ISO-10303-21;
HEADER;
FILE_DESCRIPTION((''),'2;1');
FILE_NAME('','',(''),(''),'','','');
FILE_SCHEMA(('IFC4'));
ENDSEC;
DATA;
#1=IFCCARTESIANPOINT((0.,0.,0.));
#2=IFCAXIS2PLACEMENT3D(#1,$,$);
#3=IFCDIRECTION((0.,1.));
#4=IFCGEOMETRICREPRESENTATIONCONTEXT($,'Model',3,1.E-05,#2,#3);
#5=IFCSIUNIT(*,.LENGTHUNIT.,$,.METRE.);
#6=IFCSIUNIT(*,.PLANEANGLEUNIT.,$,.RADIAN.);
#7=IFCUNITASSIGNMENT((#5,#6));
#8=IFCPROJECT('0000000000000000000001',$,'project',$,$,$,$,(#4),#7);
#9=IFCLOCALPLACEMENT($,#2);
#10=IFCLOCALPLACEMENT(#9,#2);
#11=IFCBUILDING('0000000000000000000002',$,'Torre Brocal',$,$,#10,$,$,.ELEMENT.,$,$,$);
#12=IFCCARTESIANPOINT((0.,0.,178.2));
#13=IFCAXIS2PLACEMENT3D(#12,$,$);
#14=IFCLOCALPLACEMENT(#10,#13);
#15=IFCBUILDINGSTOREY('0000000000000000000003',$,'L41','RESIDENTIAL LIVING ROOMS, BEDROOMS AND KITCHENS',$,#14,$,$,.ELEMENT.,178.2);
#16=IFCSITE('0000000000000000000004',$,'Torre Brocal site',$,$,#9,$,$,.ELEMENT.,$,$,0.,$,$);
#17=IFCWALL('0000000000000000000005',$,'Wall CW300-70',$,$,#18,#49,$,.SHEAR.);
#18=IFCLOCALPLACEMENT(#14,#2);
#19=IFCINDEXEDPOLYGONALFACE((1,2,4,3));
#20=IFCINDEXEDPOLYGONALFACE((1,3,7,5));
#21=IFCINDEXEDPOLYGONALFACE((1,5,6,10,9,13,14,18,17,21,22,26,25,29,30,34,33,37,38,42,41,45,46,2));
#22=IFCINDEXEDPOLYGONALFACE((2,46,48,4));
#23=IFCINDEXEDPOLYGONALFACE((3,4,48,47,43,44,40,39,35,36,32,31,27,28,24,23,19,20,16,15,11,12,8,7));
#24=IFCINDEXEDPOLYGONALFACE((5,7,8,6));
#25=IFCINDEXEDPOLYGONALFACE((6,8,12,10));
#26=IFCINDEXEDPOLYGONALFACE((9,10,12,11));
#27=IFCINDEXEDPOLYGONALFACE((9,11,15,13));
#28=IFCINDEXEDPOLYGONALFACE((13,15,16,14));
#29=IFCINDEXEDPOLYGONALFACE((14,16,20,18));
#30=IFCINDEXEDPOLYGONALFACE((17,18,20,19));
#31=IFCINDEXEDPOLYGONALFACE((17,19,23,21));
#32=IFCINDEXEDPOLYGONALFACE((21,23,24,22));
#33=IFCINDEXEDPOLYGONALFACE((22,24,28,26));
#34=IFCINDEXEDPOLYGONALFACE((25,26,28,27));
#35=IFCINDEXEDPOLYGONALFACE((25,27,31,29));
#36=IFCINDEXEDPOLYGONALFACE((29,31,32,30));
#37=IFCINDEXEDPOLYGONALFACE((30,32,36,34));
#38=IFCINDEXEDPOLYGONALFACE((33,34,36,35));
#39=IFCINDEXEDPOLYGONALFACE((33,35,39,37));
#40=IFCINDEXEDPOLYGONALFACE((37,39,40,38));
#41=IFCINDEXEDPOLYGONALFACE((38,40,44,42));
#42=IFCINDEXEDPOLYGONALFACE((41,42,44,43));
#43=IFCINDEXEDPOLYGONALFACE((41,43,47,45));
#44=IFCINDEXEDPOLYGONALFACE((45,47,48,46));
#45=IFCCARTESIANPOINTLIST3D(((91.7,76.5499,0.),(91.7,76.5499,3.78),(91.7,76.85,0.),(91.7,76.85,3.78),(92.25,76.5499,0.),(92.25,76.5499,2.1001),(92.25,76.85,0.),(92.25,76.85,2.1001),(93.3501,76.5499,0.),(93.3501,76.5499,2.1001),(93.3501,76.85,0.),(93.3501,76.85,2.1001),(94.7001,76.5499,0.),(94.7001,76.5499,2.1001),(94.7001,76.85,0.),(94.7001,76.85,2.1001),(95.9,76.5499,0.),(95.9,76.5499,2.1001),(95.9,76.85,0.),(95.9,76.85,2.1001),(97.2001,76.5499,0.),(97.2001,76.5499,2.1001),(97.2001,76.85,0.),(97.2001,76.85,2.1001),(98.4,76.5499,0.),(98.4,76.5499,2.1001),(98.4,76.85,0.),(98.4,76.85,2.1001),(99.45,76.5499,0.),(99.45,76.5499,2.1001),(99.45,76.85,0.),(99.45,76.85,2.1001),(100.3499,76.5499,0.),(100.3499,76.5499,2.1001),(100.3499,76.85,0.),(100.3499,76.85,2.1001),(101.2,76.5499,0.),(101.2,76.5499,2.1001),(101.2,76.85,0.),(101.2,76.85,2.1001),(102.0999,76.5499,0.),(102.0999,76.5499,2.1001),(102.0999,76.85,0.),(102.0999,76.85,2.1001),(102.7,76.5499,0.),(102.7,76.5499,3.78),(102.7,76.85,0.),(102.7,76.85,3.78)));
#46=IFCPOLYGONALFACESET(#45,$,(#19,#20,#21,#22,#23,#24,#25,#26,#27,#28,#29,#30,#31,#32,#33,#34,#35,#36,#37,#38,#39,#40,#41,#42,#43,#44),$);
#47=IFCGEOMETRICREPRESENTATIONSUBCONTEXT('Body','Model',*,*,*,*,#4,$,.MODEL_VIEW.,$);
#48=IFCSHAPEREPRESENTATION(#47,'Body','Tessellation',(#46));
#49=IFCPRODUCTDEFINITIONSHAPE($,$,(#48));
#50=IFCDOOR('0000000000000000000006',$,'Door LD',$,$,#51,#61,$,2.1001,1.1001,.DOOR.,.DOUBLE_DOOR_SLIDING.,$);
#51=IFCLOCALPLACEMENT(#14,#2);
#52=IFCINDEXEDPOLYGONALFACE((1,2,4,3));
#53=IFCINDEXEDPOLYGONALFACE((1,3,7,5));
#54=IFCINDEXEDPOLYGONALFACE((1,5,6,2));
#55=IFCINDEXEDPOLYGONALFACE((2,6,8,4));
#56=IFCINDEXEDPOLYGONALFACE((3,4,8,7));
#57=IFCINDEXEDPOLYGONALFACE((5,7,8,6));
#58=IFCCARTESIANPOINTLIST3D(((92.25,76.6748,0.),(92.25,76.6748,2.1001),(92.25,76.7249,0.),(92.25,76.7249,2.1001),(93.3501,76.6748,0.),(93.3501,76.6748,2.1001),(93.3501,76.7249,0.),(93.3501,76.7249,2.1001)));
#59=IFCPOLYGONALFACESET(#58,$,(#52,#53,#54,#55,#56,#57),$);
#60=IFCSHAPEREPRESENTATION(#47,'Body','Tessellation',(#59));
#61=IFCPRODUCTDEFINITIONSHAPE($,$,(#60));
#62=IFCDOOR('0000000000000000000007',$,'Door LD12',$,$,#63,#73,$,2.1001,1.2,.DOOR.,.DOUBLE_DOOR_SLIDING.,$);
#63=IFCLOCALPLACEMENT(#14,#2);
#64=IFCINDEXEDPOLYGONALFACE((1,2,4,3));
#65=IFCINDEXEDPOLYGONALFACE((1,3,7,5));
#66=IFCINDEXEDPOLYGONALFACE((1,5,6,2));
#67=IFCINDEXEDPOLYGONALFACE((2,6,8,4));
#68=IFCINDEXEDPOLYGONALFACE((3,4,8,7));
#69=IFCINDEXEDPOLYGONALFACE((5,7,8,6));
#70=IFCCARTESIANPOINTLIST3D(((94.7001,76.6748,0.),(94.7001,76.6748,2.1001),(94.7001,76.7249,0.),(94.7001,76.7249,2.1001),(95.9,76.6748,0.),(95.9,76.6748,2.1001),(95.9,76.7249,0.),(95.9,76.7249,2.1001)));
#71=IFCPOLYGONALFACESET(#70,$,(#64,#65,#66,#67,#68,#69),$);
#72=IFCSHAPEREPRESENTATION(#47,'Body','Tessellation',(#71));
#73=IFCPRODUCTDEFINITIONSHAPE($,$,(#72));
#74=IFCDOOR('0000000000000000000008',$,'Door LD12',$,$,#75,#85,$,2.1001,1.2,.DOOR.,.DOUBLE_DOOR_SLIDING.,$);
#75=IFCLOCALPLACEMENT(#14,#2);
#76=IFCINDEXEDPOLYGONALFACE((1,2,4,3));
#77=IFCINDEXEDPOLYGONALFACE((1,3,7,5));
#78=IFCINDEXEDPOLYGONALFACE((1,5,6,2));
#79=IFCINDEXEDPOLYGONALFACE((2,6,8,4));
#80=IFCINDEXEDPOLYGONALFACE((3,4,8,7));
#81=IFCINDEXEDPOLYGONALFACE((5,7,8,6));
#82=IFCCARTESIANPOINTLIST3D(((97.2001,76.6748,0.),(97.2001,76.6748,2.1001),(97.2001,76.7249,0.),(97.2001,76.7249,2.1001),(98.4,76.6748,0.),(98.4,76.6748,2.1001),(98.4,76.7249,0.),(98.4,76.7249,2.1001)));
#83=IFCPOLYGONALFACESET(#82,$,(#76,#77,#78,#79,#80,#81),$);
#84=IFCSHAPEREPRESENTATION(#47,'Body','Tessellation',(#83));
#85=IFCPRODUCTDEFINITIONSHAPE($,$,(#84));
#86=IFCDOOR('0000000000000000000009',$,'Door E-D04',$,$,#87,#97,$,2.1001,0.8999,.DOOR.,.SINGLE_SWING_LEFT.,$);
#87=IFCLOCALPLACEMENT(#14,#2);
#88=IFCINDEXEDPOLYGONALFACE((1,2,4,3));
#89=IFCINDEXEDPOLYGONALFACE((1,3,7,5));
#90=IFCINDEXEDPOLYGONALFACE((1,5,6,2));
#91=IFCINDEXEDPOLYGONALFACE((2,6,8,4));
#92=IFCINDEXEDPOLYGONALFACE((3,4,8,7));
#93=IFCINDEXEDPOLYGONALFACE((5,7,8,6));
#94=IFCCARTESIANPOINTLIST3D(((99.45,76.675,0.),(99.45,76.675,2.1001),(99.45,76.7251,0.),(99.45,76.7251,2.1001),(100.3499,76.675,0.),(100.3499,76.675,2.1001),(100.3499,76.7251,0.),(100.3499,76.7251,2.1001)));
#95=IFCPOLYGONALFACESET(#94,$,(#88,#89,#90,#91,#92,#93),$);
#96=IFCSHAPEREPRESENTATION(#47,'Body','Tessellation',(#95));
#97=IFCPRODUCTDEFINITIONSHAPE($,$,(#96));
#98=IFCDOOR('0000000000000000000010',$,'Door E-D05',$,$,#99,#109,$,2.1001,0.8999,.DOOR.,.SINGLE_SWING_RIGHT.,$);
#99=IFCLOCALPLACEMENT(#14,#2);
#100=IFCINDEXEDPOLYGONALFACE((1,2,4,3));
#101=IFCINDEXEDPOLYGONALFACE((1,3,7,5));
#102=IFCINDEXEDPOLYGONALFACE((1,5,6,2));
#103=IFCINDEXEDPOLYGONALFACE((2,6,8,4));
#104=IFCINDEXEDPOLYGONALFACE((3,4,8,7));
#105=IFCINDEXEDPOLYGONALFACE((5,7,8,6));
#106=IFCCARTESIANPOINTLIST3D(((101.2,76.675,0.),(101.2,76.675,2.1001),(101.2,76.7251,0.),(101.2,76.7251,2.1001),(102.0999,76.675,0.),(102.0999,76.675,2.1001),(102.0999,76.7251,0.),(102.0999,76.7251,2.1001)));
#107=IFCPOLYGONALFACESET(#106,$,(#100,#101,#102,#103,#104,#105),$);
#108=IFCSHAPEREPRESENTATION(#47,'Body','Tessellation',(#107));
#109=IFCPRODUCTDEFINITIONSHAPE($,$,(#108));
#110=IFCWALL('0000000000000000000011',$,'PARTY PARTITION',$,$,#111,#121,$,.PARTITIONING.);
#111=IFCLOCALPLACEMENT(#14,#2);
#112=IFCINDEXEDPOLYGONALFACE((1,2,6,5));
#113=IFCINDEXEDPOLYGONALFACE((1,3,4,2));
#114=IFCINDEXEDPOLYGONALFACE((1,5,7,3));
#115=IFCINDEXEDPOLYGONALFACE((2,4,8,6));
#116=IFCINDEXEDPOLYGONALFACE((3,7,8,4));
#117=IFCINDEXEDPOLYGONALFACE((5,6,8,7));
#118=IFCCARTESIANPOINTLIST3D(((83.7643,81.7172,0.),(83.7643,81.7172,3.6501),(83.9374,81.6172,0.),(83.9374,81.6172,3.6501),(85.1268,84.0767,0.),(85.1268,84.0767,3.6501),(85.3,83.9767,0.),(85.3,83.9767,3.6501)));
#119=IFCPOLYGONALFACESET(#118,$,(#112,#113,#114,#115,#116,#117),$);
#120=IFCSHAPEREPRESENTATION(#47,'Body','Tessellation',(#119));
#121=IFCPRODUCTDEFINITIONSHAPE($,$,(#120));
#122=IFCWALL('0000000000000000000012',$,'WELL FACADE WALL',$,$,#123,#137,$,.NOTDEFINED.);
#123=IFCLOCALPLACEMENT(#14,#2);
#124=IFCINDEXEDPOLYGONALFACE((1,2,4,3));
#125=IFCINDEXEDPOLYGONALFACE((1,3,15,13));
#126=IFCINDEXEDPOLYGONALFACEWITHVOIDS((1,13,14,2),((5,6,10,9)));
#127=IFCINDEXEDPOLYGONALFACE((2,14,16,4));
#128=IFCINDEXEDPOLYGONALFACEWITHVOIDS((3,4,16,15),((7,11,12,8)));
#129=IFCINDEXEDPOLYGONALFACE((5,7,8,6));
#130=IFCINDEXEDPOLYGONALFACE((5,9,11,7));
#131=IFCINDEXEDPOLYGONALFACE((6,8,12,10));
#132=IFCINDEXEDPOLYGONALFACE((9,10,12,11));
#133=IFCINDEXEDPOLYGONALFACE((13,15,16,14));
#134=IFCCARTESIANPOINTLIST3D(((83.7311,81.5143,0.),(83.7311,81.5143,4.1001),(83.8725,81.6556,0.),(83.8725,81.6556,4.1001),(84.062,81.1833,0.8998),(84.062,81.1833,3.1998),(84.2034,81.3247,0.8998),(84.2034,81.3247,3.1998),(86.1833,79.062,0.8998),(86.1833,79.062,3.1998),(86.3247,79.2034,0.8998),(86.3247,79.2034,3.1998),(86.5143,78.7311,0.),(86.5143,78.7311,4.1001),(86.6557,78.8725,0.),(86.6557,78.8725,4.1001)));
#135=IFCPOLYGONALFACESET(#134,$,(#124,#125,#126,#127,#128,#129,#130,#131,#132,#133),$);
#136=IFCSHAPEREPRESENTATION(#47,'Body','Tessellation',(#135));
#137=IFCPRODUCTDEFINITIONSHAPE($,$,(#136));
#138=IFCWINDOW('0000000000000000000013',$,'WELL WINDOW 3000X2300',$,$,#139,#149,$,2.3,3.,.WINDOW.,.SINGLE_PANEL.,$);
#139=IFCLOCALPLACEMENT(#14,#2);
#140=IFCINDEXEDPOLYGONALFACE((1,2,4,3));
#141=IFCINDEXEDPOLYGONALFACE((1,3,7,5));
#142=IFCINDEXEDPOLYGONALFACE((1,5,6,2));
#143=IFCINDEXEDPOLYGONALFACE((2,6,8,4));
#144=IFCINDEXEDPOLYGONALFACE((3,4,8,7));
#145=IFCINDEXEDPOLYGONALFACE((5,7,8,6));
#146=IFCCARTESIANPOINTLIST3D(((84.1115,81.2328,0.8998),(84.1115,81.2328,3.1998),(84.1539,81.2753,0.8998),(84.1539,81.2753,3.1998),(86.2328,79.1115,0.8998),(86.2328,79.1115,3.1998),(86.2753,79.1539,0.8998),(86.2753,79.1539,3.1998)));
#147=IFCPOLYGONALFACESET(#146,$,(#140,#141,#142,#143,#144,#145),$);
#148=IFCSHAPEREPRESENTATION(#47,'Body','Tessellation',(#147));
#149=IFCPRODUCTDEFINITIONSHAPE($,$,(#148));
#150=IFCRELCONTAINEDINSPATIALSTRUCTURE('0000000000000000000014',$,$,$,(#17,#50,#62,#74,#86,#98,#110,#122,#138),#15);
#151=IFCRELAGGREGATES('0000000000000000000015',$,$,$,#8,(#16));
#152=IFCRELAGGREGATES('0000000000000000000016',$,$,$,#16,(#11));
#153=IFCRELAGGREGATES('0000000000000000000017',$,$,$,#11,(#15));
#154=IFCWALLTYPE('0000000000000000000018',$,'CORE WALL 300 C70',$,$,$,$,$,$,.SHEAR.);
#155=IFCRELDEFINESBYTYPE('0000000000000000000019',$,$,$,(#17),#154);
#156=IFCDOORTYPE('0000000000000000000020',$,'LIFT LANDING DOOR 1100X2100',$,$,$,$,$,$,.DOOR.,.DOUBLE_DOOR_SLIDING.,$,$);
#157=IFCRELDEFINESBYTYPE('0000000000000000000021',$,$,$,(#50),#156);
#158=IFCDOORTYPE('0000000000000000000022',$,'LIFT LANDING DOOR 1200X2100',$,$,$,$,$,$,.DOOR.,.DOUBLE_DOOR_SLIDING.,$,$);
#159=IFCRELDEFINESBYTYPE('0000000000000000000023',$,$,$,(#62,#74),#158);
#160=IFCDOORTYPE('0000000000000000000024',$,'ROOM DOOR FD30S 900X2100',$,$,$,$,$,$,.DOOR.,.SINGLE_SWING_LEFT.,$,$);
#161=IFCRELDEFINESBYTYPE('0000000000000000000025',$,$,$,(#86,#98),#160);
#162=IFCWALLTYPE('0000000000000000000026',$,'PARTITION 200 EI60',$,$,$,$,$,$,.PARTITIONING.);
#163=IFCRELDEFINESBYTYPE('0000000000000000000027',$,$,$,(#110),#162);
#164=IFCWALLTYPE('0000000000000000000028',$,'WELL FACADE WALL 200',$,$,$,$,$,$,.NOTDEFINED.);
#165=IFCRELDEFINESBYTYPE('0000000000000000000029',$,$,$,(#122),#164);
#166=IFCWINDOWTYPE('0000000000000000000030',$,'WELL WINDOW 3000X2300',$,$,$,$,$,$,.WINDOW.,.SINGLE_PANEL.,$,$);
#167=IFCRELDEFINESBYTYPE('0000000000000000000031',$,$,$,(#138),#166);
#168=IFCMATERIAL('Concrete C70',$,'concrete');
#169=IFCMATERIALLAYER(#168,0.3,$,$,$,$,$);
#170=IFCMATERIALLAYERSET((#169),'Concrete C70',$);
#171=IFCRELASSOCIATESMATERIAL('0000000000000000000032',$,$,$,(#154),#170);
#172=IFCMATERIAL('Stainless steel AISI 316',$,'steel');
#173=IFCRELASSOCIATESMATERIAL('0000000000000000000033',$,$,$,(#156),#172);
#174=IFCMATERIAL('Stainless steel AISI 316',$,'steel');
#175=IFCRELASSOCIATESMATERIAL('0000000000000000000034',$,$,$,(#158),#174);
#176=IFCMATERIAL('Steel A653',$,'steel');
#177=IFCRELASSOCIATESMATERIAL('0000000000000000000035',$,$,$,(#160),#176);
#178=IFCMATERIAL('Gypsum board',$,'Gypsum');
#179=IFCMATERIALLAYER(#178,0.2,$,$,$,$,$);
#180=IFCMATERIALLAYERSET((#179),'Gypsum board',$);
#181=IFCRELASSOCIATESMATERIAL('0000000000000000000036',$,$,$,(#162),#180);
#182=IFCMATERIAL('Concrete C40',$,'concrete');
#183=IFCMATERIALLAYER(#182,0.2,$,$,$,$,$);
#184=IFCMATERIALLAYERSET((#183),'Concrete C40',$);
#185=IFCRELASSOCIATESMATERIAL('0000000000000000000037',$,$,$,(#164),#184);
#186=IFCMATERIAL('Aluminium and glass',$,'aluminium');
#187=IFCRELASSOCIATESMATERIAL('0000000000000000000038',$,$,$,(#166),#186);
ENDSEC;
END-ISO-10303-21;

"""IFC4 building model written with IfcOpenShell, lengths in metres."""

from ifc_helpers import new_model, si_unit, direction, frame, frame_2d, origin, place, context, subcontext, project, spatial, rectangle, extrude, material, layer, layer_set, type_object, element, fill, save


model = new_model("IFC4")

# Units and contexts
model_context = context("Model", 3, precision=1e-05, world=origin(), true_north=direction((0.0, 1.0)))
body_context = subcontext(model_context, "Body", "Model", "MODEL_VIEW")
ifc_project = project(units=[si_unit("LENGTHUNIT", "METRE"), si_unit("PLANEANGLEUNIT", "RADIAN")], contexts=[model_context])

# Site, building, storey
site_placement = place(None, origin())
site = spatial("IfcSite", under=ifc_project, at=site_placement, Name="Torre Brocal site", CompositionType="ELEMENT", RefElevation=0.0)
building_placement = place(site_placement, origin())
building = spatial("IfcBuilding", under=site, at=building_placement, Name="Torre Brocal", CompositionType="ELEMENT")
storey_placement = place(building_placement, frame((0.0, 0.0, 178.2)))
storey = spatial("IfcBuildingStorey", under=building, at=storey_placement, Name="L41", Description="RESIDENTIAL LIVING ROOMS, BEDROOMS AND KITCHENS", CompositionType="ELEMENT", Elevation=178.2)

# Shared definitions
ifc_material_1 = material(Name="Concrete C70", Category="concrete")
ifc_layer_1 = layer(ifc_material_1, 0.3)
ifc_layer_set_1 = layer_set([ifc_layer_1], Name="Concrete C70")
wall_type_1 = type_object("IfcWallType", Name="CORE WALL 300 C70", PredefinedType="SHEAR", material=ifc_layer_set_1)

# Wall, openings, doors
wall_1_placement = place(storey_placement, frame((91.7, 76.7, 0.0), z_axis=(0.0, 0.0, 1.0), x_axis=(1.0, 0.0, 0.0)))
wall_1 = element("IfcWall", 1, at=wall_1_placement, inside=storey, type_object=wall_type_1, Name="Wall CW300-70", PredefinedType="SHEAR", context=body_context, shape_type="SweptSolid", body=[
    extrude(rectangle(XDim=11.0, YDim=0.3, at=frame_2d((5.5, 0.0))), origin(), (0.0, 0.0, 1.0), 3.78),
])
opening_1_placement = place(wall_1_placement, frame((0.55, 0.0, 0.0)))
opening_1 = element("IfcOpeningElement", 2, at=opening_1_placement, cuts=wall_1, PredefinedType="OPENING", context=body_context, shape_type="SweptSolid", body=[
    extrude(rectangle(XDim=1.1001, YDim=2.1001, at=frame_2d((0.55, 1.05))), frame((0.0, 0.1599, 0.0), z_axis=(0.0, -1.0, 0.0), x_axis=(1.0, 0.0, 0.0)), (0.0, 0.0, 1.0), 0.3201),
])
opening_2_placement = place(wall_1_placement, frame((3.0, 0.0, 0.0)))
opening_2 = element("IfcOpeningElement", 3, at=opening_2_placement, cuts=wall_1, PredefinedType="OPENING", context=body_context, shape_type="SweptSolid", body=[
    extrude(rectangle(XDim=1.2, YDim=2.1001, at=frame_2d((0.6001, 1.05))), frame((0.0, 0.1599, 0.0), z_axis=(0.0, -1.0, 0.0), x_axis=(1.0, 0.0, 0.0)), (0.0, 0.0, 1.0), 0.3201),
])
opening_3_placement = place(wall_1_placement, frame((5.5, 0.0, 0.0)))
opening_3 = element("IfcOpeningElement", 4, at=opening_3_placement, cuts=wall_1, PredefinedType="OPENING", context=body_context, shape_type="SweptSolid", body=[
    extrude(rectangle(XDim=1.2, YDim=2.1001, at=frame_2d((0.6001, 1.05))), frame((0.0, 0.1599, 0.0), z_axis=(0.0, -1.0, 0.0), x_axis=(1.0, 0.0, 0.0)), (0.0, 0.0, 1.0), 0.3201),
])
opening_4_placement = place(wall_1_placement, frame((7.75, 0.0, 0.0)))
opening_4 = element("IfcOpeningElement", 5, at=opening_4_placement, cuts=wall_1, PredefinedType="OPENING", context=body_context, shape_type="SweptSolid", body=[
    extrude(rectangle(XDim=0.8999, YDim=2.1001, at=frame_2d((0.45, 1.05))), frame((0.0, 0.1599, 0.0), z_axis=(0.0, -1.0, 0.0), x_axis=(1.0, 0.0, 0.0)), (0.0, 0.0, 1.0), 0.3201),
])
opening_5_placement = place(wall_1_placement, frame((9.5, 0.0, 0.0)))
opening_5 = element("IfcOpeningElement", 6, at=opening_5_placement, cuts=wall_1, PredefinedType="OPENING", context=body_context, shape_type="SweptSolid", body=[
    extrude(rectangle(XDim=0.8999, YDim=2.1001, at=frame_2d((0.45, 1.05))), frame((0.0, 0.1599, 0.0), z_axis=(0.0, -1.0, 0.0), x_axis=(1.0, 0.0, 0.0)), (0.0, 0.0, 1.0), 0.3201),
])
ifc_material_2 = material(Name="Stainless steel AISI 316", Category="steel")
door_type_1 = type_object("IfcDoorType", Name="LIFT LANDING DOOR 1100X2100", OperationType="DOUBLE_DOOR_SLIDING", PredefinedType="DOOR", material=ifc_material_2)
door_1_placement = place(opening_1_placement, origin())
door_1 = element("IfcDoor", 7, at=door_1_placement, inside=storey, type_object=door_type_1, Name="Door LD", OperationType="DOUBLE_DOOR_SLIDING", OverallHeight=2.1001, OverallWidth=1.1001, PredefinedType="DOOR", context=body_context, shape_type="SweptSolid", body=[
    extrude(rectangle(XDim=1.1001, YDim=2.1001, at=frame_2d((0.55, 1.05))), frame((0.0, 0.0249, 0.0), z_axis=(0.0, -1.0, 0.0), x_axis=(1.0, 0.0, 0.0)), (0.0, 0.0, 1.0), 0.05),
])
fill(opening_1, door_1)
ifc_material_3 = material(Name="Stainless steel AISI 316", Category="steel")
door_type_2 = type_object("IfcDoorType", Name="LIFT LANDING DOOR 1200X2100", OperationType="DOUBLE_DOOR_SLIDING", PredefinedType="DOOR", material=ifc_material_3)
door_2_placement = place(opening_2_placement, origin())
door_2 = element("IfcDoor", 8, at=door_2_placement, inside=storey, type_object=door_type_2, Name="Door LD12", OperationType="DOUBLE_DOOR_SLIDING", OverallHeight=2.1001, OverallWidth=1.2, PredefinedType="DOOR", context=body_context, shape_type="SweptSolid", body=[
    extrude(rectangle(XDim=1.2, YDim=2.1001, at=frame_2d((0.6001, 1.05))), frame((0.0, 0.0249, 0.0), z_axis=(0.0, -1.0, 0.0), x_axis=(1.0, 0.0, 0.0)), (0.0, 0.0, 1.0), 0.05),
])
fill(opening_2, door_2)
door_3_placement = place(opening_3_placement, origin())
door_3 = element("IfcDoor", 9, at=door_3_placement, inside=storey, type_object=door_type_2, Name="Door LD12", OperationType="DOUBLE_DOOR_SLIDING", OverallHeight=2.1001, OverallWidth=1.2, PredefinedType="DOOR", context=body_context, shape_type="SweptSolid", body=[
    extrude(rectangle(XDim=1.2, YDim=2.1001, at=frame_2d((0.6001, 1.05))), frame((0.0, 0.0249, 0.0), z_axis=(0.0, -1.0, 0.0), x_axis=(1.0, 0.0, 0.0)), (0.0, 0.0, 1.0), 0.05),
])
fill(opening_3, door_3)
ifc_material_4 = material(Name="Steel A653", Category="steel")
door_type_3 = type_object("IfcDoorType", Name="ROOM DOOR FD30S 900X2100", OperationType="SINGLE_SWING_LEFT", PredefinedType="DOOR", material=ifc_material_4)
door_4_placement = place(opening_4_placement, frame((0.8999, 0.0, 0.0), z_axis=(0.0, 0.0, 1.0), x_axis=(-1.0, 0.0, 0.0)))
door_4 = element("IfcDoor", 10, at=door_4_placement, inside=storey, type_object=door_type_3, Name="Door E-D04", OperationType="SINGLE_SWING_LEFT", OverallHeight=2.1001, OverallWidth=0.8999, PredefinedType="DOOR", context=body_context, shape_type="SweptSolid", body=[
    extrude(rectangle(XDim=0.8999, YDim=2.1001, at=frame_2d((0.45, 1.05))), frame((0.0, 0.0249, 0.0), z_axis=(0.0, -1.0, 0.0), x_axis=(1.0, 0.0, 0.0)), (0.0, 0.0, 1.0), 0.05),
])
fill(opening_4, door_4)
door_5_placement = place(opening_5_placement, frame((0.8999, 0.0, 0.0), z_axis=(0.0, 0.0, 1.0), x_axis=(-1.0, 0.0, 0.0)))
door_5 = element("IfcDoor", 11, at=door_5_placement, inside=storey, type_object=door_type_3, Name="Door E-D05", OperationType="SINGLE_SWING_RIGHT", OverallHeight=2.1001, OverallWidth=0.8999, PredefinedType="DOOR", context=body_context, shape_type="SweptSolid", body=[
    extrude(rectangle(XDim=0.8999, YDim=2.1001, at=frame_2d((0.45, 1.05))), frame((0.0, 0.0249, 0.0), z_axis=(0.0, -1.0, 0.0), x_axis=(1.0, 0.0, 0.0)), (0.0, 0.0, 1.0), 0.05),
])
fill(opening_5, door_5)

# Wall
ifc_material_5 = material(Name="Gypsum board", Category="Gypsum")
ifc_layer_2 = layer(ifc_material_5, 0.2)
ifc_layer_set_2 = layer_set([ifc_layer_2], Name="Gypsum board")
wall_type_2 = type_object("IfcWallType", Name="PARTITION 200 EI60", PredefinedType="PARTITIONING", material=ifc_layer_set_2)
wall_2_placement = place(storey_placement, frame((83.8508, 81.6672, 0.0), z_axis=(0.0, 0.0, 1.0), x_axis=(0.5001, 0.865968, 0.0)))
element("IfcWall", 12, at=wall_2_placement, inside=storey, type_object=wall_type_2, Name="PARTY PARTITION", PredefinedType="PARTITIONING", context=body_context, shape_type="SweptSolid", body=[
    extrude(rectangle(XDim=2.7246, YDim=0.2, at=frame_2d((1.3623, 0.0))), origin(), (0.0, 0.0, 1.0), 3.6501),
])

# Wall, opening, window
ifc_material_6 = material(Name="Concrete C40", Category="concrete")
ifc_layer_3 = layer(ifc_material_6, 0.2)
ifc_layer_set_3 = layer_set([ifc_layer_3], Name="Concrete C40")
wall_type_3 = type_object("IfcWallType", Name="WELL FACADE WALL 200", PredefinedType="NOTDEFINED", material=ifc_layer_set_3)
wall_3_placement = place(storey_placement, frame((86.585, 78.8018, 0.0), z_axis=(0.0, 0.0, 1.0), x_axis=(-0.707107, 0.707107, 0.0)))
wall_3 = element("IfcWall", 13, at=wall_3_placement, inside=storey, type_object=wall_type_3, Name="WELL FACADE WALL", PredefinedType="NOTDEFINED", context=body_context, shape_type="SweptSolid", body=[
    extrude(rectangle(XDim=3.936, YDim=0.2, at=frame_2d((1.968, 0.0))), origin(), (0.0, 0.0, 1.0), 4.1001),
])
opening_6_placement = place(wall_3_placement, frame((0.468, 0.0, 0.8999)))
opening_6 = element("IfcOpeningElement", 14, at=opening_6_placement, cuts=wall_3, PredefinedType="OPENING", context=body_context, shape_type="SweptSolid", body=[
    extrude(rectangle(XDim=3.0, YDim=2.3, at=frame_2d((1.5, 1.1499))), frame((0.0, 0.1099, 0.0), z_axis=(0.0, -1.0, 0.0), x_axis=(1.0, 0.0, 0.0)), (0.0, 0.0, 1.0), 0.22),
])
ifc_material_7 = material(Name="Aluminium and glass", Category="aluminium")
window_type = type_object("IfcWindowType", Name="WELL WINDOW 3000X2300", PartitioningType="SINGLE_PANEL", PredefinedType="WINDOW", material=ifc_material_7)
window_1_placement = place(opening_6_placement, origin())
window_1 = element("IfcWindow", 15, at=window_1_placement, inside=storey, type_object=window_type, Name="WELL WINDOW 3000X2300", OverallHeight=2.3, OverallWidth=3.0, PartitioningType="SINGLE_PANEL", PredefinedType="WINDOW", context=body_context, shape_type="SweptSolid", body=[
    extrude(rectangle(XDim=3.0, YDim=2.3, at=frame_2d((1.5, 1.1499))), frame((0.0, 0.03, 0.0), z_axis=(0.0, -1.0, 0.0), x_axis=(1.0, 0.0, 0.0)), (0.0, 0.0, 1.0), 0.0601),
])
fill(opening_6, window_1)

save(model, "model.ifc")
